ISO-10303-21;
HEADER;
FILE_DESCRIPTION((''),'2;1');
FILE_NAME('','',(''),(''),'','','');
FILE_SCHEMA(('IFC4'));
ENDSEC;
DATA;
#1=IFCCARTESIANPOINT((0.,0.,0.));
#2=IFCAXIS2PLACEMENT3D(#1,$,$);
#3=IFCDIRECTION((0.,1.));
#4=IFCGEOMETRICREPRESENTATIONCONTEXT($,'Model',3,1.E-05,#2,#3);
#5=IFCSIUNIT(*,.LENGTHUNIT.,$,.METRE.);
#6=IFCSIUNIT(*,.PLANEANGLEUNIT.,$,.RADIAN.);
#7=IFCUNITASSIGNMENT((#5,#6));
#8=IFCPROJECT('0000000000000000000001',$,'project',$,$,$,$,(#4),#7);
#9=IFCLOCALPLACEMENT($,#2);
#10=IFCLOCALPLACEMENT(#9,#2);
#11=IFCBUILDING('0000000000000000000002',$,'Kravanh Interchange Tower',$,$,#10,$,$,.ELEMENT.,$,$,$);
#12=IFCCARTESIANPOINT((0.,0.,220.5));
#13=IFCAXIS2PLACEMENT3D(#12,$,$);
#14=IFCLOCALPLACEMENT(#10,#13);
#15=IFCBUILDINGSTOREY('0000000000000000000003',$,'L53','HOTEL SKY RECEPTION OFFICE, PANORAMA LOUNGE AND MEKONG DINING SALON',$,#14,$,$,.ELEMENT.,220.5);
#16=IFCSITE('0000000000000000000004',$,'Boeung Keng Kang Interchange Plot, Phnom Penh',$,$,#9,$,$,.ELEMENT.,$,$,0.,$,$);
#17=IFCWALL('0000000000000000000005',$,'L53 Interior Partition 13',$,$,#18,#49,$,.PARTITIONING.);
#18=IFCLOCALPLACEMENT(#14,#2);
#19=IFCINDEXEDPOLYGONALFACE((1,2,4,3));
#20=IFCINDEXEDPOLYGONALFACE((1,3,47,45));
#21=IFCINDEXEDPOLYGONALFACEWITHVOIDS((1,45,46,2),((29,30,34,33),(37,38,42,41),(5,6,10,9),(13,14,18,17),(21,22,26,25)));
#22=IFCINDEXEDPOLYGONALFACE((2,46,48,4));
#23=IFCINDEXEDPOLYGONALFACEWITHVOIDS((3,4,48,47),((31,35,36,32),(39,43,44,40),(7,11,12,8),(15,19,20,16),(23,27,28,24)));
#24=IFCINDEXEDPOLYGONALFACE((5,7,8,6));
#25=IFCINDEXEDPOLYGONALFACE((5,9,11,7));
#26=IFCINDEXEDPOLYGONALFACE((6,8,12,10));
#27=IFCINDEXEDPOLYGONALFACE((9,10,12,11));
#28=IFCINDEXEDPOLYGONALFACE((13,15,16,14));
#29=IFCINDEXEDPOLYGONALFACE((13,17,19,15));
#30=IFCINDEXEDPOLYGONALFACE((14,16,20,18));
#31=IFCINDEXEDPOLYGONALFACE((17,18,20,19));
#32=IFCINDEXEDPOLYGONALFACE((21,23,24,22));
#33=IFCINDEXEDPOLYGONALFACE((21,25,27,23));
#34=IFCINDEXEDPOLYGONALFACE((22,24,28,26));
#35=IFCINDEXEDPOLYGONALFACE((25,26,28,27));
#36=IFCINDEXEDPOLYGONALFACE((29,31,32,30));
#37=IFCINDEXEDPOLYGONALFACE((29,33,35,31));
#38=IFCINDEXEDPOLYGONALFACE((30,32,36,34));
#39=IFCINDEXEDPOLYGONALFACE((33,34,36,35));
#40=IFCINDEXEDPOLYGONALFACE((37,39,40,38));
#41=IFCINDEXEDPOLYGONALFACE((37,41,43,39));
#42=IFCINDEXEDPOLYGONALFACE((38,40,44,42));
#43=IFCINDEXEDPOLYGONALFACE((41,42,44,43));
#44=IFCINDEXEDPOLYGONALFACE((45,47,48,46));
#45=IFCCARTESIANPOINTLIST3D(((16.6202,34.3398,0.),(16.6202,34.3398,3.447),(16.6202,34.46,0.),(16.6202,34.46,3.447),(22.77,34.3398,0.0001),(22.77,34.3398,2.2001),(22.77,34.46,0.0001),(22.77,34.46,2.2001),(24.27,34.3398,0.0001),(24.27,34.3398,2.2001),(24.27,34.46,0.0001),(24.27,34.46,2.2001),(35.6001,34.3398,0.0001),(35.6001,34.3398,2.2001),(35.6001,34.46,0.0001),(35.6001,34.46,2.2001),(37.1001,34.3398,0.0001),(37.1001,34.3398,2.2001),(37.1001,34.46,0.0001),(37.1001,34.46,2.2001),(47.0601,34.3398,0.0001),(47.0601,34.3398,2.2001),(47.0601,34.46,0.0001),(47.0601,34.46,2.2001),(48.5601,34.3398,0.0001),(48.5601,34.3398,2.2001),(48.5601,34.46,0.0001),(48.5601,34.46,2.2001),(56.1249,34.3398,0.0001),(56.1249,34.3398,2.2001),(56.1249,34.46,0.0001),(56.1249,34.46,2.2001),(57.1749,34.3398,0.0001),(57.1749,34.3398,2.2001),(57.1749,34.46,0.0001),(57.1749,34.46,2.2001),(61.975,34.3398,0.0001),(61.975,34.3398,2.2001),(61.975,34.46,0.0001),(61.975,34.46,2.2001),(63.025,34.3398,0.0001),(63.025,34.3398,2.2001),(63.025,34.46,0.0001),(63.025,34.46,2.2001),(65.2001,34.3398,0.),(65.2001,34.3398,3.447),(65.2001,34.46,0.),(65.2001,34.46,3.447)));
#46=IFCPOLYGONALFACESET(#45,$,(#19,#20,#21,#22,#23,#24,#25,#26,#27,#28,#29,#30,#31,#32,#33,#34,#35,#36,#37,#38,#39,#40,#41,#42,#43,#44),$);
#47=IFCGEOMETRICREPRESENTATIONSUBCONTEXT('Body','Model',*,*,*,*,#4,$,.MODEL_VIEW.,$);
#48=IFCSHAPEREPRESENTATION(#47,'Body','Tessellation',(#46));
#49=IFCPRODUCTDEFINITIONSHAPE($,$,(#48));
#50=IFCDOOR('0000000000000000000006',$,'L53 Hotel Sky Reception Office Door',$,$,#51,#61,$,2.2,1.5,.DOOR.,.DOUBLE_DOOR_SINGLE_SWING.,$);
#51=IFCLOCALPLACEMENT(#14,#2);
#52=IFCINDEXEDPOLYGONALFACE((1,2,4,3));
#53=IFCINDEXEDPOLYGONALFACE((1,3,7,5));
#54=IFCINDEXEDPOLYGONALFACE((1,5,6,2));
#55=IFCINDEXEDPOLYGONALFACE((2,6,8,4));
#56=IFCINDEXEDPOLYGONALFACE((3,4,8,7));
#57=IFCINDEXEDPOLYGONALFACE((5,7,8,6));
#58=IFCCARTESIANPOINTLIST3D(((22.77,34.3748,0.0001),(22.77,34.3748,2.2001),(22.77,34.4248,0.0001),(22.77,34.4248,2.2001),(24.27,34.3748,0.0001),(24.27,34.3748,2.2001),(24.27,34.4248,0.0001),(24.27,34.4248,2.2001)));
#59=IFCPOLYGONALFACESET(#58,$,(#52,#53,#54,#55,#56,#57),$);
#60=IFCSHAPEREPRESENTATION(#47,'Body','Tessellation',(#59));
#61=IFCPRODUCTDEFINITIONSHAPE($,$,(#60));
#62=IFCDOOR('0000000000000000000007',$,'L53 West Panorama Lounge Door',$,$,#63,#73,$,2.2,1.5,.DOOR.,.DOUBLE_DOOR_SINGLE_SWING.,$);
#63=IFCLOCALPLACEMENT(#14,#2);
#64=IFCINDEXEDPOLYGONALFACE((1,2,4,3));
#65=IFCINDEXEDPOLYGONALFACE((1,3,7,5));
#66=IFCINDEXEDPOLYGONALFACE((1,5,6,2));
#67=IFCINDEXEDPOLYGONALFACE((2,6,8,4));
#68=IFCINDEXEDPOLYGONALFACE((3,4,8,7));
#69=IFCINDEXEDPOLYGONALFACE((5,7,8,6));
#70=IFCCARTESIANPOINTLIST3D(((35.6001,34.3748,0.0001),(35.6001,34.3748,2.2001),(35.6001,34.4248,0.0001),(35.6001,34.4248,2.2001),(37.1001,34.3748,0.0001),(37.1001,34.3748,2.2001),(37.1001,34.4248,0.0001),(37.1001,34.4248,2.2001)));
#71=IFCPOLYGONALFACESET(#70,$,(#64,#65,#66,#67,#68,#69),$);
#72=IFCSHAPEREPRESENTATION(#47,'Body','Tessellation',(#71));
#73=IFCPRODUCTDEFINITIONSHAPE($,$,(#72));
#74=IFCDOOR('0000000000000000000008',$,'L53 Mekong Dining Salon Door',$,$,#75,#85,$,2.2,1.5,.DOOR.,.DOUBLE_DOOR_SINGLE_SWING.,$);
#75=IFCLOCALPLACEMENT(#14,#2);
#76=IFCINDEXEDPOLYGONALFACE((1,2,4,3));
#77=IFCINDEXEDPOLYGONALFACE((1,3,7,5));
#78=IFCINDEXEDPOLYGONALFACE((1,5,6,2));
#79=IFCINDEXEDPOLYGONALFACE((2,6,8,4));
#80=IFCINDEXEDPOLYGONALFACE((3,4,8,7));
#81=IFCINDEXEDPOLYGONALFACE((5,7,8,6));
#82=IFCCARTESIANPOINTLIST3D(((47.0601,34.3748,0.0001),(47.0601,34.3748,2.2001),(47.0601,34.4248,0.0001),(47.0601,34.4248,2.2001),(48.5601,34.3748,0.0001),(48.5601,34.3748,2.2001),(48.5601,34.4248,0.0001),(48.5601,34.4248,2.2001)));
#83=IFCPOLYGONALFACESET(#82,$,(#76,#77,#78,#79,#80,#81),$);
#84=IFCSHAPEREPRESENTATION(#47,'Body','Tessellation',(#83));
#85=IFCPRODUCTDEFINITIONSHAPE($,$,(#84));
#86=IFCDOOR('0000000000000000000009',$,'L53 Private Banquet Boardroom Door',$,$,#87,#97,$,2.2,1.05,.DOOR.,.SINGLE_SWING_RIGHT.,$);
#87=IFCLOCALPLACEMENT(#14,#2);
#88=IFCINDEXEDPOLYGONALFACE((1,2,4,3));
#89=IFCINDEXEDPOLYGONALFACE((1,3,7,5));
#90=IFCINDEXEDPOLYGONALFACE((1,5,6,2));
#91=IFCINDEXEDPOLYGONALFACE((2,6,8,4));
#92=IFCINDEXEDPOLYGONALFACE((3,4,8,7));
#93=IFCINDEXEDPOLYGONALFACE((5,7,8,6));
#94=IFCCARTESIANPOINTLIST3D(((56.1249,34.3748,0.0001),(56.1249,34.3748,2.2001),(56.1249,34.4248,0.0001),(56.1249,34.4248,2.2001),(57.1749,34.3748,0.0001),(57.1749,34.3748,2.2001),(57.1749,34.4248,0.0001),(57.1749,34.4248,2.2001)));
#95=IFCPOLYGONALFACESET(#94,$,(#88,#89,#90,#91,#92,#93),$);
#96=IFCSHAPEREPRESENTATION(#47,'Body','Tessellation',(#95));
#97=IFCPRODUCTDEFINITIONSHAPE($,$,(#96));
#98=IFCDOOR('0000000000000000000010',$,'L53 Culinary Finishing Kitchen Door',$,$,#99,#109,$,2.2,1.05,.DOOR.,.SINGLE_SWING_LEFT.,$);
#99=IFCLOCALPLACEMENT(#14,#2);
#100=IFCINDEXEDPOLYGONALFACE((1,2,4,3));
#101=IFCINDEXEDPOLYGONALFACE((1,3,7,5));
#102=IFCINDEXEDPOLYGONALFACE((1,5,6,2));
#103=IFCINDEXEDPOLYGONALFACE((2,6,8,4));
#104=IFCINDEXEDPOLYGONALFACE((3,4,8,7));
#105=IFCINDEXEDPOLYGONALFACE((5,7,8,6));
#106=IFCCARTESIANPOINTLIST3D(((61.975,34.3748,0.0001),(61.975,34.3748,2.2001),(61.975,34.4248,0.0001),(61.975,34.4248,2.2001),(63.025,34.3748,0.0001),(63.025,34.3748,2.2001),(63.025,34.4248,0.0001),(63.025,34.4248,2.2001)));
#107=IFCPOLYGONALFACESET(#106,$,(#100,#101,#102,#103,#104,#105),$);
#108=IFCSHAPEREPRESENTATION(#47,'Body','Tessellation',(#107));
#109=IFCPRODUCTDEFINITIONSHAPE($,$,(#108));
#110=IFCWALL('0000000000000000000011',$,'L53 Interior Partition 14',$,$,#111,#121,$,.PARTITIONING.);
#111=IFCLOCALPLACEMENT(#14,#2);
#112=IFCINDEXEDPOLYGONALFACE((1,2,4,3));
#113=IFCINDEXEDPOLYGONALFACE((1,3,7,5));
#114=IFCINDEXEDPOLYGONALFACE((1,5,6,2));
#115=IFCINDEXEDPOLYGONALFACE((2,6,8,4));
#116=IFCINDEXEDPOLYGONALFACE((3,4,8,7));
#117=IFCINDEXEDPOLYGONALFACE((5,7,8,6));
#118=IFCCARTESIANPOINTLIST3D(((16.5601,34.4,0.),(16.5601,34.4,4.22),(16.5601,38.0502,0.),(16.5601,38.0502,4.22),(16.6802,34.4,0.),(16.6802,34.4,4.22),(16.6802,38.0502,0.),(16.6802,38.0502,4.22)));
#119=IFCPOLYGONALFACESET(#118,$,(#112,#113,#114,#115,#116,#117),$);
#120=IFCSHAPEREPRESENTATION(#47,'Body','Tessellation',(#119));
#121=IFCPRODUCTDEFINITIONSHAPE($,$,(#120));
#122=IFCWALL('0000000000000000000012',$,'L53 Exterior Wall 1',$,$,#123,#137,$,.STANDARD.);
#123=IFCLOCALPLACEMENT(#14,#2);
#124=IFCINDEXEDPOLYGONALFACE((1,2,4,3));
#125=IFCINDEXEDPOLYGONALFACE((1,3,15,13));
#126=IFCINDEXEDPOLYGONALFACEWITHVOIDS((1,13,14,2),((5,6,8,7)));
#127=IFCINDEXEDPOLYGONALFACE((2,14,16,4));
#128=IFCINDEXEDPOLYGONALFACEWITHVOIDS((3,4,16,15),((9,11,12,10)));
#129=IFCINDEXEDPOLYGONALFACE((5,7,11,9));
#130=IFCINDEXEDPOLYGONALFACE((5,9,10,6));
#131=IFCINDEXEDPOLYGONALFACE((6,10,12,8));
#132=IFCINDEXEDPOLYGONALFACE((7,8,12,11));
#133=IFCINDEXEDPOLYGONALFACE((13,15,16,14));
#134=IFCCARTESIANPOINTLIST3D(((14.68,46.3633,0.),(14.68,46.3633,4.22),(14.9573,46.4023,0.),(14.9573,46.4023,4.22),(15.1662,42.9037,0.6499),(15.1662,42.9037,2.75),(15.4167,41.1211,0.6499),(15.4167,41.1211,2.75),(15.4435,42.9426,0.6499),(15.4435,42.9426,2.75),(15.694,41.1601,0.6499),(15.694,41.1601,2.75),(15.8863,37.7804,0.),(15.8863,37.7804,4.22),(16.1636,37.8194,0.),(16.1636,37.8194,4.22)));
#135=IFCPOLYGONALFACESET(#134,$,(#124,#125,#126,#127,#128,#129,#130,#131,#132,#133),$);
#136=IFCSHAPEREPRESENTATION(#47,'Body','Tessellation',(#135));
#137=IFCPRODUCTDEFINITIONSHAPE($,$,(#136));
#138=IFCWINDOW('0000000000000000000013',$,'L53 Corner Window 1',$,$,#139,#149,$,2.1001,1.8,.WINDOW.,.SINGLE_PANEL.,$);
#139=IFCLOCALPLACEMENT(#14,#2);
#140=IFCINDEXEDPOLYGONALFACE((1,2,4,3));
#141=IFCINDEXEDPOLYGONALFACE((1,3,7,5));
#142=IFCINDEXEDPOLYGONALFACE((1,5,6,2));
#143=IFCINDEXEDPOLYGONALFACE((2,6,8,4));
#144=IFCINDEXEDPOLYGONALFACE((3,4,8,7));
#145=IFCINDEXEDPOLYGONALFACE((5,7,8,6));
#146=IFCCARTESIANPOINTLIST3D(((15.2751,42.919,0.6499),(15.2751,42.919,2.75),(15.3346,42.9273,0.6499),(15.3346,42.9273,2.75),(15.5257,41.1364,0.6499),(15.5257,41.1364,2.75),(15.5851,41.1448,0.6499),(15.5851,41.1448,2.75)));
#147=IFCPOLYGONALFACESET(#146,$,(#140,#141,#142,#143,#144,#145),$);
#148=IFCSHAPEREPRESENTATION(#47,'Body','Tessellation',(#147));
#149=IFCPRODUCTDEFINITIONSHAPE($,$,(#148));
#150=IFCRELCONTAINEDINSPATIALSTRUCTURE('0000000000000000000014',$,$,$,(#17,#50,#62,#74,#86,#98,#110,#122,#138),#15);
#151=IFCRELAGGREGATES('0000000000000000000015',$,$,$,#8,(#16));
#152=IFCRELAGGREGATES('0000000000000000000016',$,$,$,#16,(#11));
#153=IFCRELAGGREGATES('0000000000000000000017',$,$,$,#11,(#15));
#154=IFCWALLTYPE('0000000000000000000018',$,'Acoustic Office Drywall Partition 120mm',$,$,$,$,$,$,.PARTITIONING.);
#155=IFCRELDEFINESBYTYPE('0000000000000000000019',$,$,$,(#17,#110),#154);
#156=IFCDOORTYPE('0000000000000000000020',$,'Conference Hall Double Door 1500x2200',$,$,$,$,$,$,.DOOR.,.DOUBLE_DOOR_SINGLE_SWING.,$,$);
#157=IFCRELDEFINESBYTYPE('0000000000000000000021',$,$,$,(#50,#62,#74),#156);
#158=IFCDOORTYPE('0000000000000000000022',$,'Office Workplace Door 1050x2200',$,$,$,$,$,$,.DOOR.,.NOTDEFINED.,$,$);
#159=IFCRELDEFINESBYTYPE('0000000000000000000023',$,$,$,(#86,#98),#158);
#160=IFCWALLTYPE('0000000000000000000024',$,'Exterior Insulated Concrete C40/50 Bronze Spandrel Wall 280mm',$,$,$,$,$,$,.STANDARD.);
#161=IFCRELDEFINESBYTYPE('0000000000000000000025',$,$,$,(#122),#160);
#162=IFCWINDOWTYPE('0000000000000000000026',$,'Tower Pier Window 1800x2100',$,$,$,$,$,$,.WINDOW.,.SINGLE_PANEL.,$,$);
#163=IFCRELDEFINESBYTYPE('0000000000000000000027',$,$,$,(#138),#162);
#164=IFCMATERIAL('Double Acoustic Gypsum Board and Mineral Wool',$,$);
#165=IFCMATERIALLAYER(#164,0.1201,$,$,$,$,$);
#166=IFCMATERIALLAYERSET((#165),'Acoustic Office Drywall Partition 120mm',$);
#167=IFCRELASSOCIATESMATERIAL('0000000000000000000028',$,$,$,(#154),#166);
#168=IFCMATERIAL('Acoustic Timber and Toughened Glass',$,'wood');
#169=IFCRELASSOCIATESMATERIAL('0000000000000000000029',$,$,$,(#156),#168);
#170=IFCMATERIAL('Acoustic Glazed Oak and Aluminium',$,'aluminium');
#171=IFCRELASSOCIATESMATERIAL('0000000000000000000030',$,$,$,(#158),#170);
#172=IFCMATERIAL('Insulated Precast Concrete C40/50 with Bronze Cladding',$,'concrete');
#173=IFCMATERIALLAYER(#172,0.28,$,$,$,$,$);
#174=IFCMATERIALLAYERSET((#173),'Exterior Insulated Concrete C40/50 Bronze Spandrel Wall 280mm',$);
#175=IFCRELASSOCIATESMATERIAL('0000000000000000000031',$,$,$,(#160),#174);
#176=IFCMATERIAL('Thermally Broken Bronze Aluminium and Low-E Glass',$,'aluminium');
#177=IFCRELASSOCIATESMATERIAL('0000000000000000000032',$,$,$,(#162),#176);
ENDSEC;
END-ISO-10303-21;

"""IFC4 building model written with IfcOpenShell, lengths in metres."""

from ifc_helpers import new_model, si_unit, direction, frame, frame_2d, origin, place, context, subcontext, project, spatial, rectangle, extrude, material, layer, layer_set, type_object, element, fill, save


model = new_model("IFC4")

# Units and contexts
model_context = context("Model", 3, precision=1e-05, world=origin(), true_north=direction((0.0, 1.0)))
body_context = subcontext(model_context, "Body", "Model", "MODEL_VIEW")
ifc_project = project(units=[si_unit("LENGTHUNIT", "METRE"), si_unit("PLANEANGLEUNIT", "RADIAN")], contexts=[model_context])

# Site, building, storey
site_placement = place(None, origin())
site = spatial("IfcSite", under=ifc_project, at=site_placement, Name="Boeung Keng Kang Interchange Plot, Phnom Penh", CompositionType="ELEMENT", RefElevation=0.0)
building_placement = place(site_placement, origin())
building = spatial("IfcBuilding", under=site, at=building_placement, Name="Kravanh Interchange Tower", CompositionType="ELEMENT")
storey_placement = place(building_placement, frame((0.0, 0.0, 220.5)))
storey = spatial("IfcBuildingStorey", under=building, at=storey_placement, Name="L53", Description="HOTEL SKY RECEPTION OFFICE, PANORAMA LOUNGE AND MEKONG DINING SALON", CompositionType="ELEMENT", Elevation=220.5)

# Wall, openings, doors
ifc_material_1 = material(Name="Double Acoustic Gypsum Board and Mineral Wool")
ifc_layer_1 = layer(ifc_material_1, 0.1201)
ifc_layer_set_1 = layer_set([ifc_layer_1], Name="Acoustic Office Drywall Partition 120mm")
wall_type_1 = type_object("IfcWallType", Name="Acoustic Office Drywall Partition 120mm", PredefinedType="PARTITIONING", material=ifc_layer_set_1)
wall_1_placement = place(storey_placement, frame((16.6201, 34.3999, 0.0), z_axis=(0.0, 0.0, 1.0), x_axis=(1.0, 0.0, 0.0)))
wall_1 = element("IfcWall", 1, at=wall_1_placement, inside=storey, type_object=wall_type_1, Name="L53 Interior Partition 13", PredefinedType="PARTITIONING", context=body_context, shape_type="SweptSolid", body=[
    extrude(rectangle(XDim=48.5798, YDim=0.1201, at=frame_2d((24.29, 0.0))), origin(), (0.0, 0.0, 1.0), 3.447),
])
opening_1_placement = place(wall_1_placement, frame((6.1499, 0.0, 0.0)))
opening_1 = element("IfcOpeningElement", 2, at=opening_1_placement, cuts=wall_1, PredefinedType="OPENING", context=body_context, shape_type="SweptSolid", body=[
    extrude(rectangle(XDim=1.5, YDim=2.2, at=frame_2d((0.75, 1.1001))), frame((0.0, 0.0701, 0.0), z_axis=(0.0, -1.0, 0.0), x_axis=(1.0, 0.0, 0.0)), (0.0, 0.0, 1.0), 0.1401),
])
opening_2_placement = place(wall_1_placement, frame((18.98, 0.0, 0.0)))
opening_2 = element("IfcOpeningElement", 3, at=opening_2_placement, cuts=wall_1, PredefinedType="OPENING", context=body_context, shape_type="SweptSolid", body=[
    extrude(rectangle(XDim=1.5, YDim=2.2, at=frame_2d((0.75, 1.1001))), frame((0.0, 0.0701, 0.0), z_axis=(0.0, -1.0, 0.0), x_axis=(1.0, 0.0, 0.0)), (0.0, 0.0, 1.0), 0.1401),
])
opening_3_placement = place(wall_1_placement, frame((30.4399, 0.0, 0.0)))
opening_3 = element("IfcOpeningElement", 4, at=opening_3_placement, cuts=wall_1, PredefinedType="OPENING", context=body_context, shape_type="SweptSolid", body=[
    extrude(rectangle(XDim=1.5, YDim=2.2, at=frame_2d((0.75, 1.1001))), frame((0.0, 0.0701, 0.0), z_axis=(0.0, -1.0, 0.0), x_axis=(1.0, 0.0, 0.0)), (0.0, 0.0, 1.0), 0.1401),
])
opening_4_placement = place(wall_1_placement, frame((39.5049, 0.0, 0.0)))
opening_4 = element("IfcOpeningElement", 5, at=opening_4_placement, cuts=wall_1, PredefinedType="OPENING", context=body_context, shape_type="SweptSolid", body=[
    extrude(rectangle(XDim=1.05, YDim=2.2, at=frame_2d((0.5249, 1.1001))), frame((0.0, 0.0701, 0.0), z_axis=(0.0, -1.0, 0.0), x_axis=(1.0, 0.0, 0.0)), (0.0, 0.0, 1.0), 0.1401),
])
opening_5_placement = place(wall_1_placement, frame((45.355, 0.0, 0.0)))
opening_5 = element("IfcOpeningElement", 6, at=opening_5_placement, cuts=wall_1, PredefinedType="OPENING", context=body_context, shape_type="SweptSolid", body=[
    extrude(rectangle(XDim=1.05, YDim=2.2, at=frame_2d((0.5249, 1.1001))), frame((0.0, 0.0701, 0.0), z_axis=(0.0, -1.0, 0.0), x_axis=(1.0, 0.0, 0.0)), (0.0, 0.0, 1.0), 0.1401),
])
ifc_material_2 = material(Name="Acoustic Timber and Toughened Glass", Category="wood")
door_type_1 = type_object("IfcDoorType", Name="Conference Hall Double Door 1500x2200", OperationType="DOUBLE_DOOR_SINGLE_SWING", PredefinedType="DOOR", material=ifc_material_2)
door_1_placement = place(opening_1_placement, origin())
door_1 = element("IfcDoor", 7, at=door_1_placement, inside=storey, type_object=door_type_1, Name="L53 Hotel Sky Reception Office Door", OperationType="DOUBLE_DOOR_SINGLE_SWING", OverallHeight=2.2, OverallWidth=1.5, PredefinedType="DOOR", context=body_context, shape_type="SweptSolid", body=[
    extrude(rectangle(XDim=1.5, YDim=2.2, at=frame_2d((0.75, 1.1001))), frame((0.0, 0.0249, 0.0), z_axis=(0.0, -1.0, 0.0), x_axis=(1.0, 0.0, 0.0)), (0.0, 0.0, 1.0), 0.05),
])
fill(opening_1, door_1)
door_2_placement = place(opening_2_placement, origin())
door_2 = element("IfcDoor", 8, at=door_2_placement, inside=storey, type_object=door_type_1, Name="L53 West Panorama Lounge Door", OperationType="DOUBLE_DOOR_SINGLE_SWING", OverallHeight=2.2, OverallWidth=1.5, PredefinedType="DOOR", context=body_context, shape_type="SweptSolid", body=[
    extrude(rectangle(XDim=1.5, YDim=2.2, at=frame_2d((0.75, 1.1001))), frame((0.0, 0.0249, 0.0), z_axis=(0.0, -1.0, 0.0), x_axis=(1.0, 0.0, 0.0)), (0.0, 0.0, 1.0), 0.05),
])
fill(opening_2, door_2)
door_3_placement = place(opening_3_placement, origin())
door_3 = element("IfcDoor", 9, at=door_3_placement, inside=storey, type_object=door_type_1, Name="L53 Mekong Dining Salon Door", OperationType="DOUBLE_DOOR_SINGLE_SWING", OverallHeight=2.2, OverallWidth=1.5, PredefinedType="DOOR", context=body_context, shape_type="SweptSolid", body=[
    extrude(rectangle(XDim=1.5, YDim=2.2, at=frame_2d((0.75, 1.1001))), frame((0.0, 0.0249, 0.0), z_axis=(0.0, -1.0, 0.0), x_axis=(1.0, 0.0, 0.0)), (0.0, 0.0, 1.0), 0.05),
])
fill(opening_3, door_3)
ifc_material_3 = material(Name="Acoustic Glazed Oak and Aluminium", Category="aluminium")
door_type_2 = type_object("IfcDoorType", Name="Office Workplace Door 1050x2200", OperationType="NOTDEFINED", PredefinedType="DOOR", material=ifc_material_3)
door_4_placement = place(opening_4_placement, origin())
door_4 = element("IfcDoor", 10, at=door_4_placement, inside=storey, type_object=door_type_2, Name="L53 Private Banquet Boardroom Door", OperationType="SINGLE_SWING_RIGHT", OverallHeight=2.2, OverallWidth=1.05, PredefinedType="DOOR", context=body_context, shape_type="SweptSolid", body=[
    extrude(rectangle(XDim=1.05, YDim=2.2, at=frame_2d((0.5249, 1.1001))), frame((0.0, 0.0249, 0.0), z_axis=(0.0, -1.0, 0.0), x_axis=(1.0, 0.0, 0.0)), (0.0, 0.0, 1.0), 0.05),
])
fill(opening_4, door_4)
door_5_placement = place(opening_5_placement, origin())
door_5 = element("IfcDoor", 11, at=door_5_placement, inside=storey, type_object=door_type_2, Name="L53 Culinary Finishing Kitchen Door", OperationType="SINGLE_SWING_LEFT", OverallHeight=2.2, OverallWidth=1.05, PredefinedType="DOOR", context=body_context, shape_type="SweptSolid", body=[
    extrude(rectangle(XDim=1.05, YDim=2.2, at=frame_2d((0.5249, 1.1001))), frame((0.0, 0.0249, 0.0), z_axis=(0.0, -1.0, 0.0), x_axis=(1.0, 0.0, 0.0)), (0.0, 0.0, 1.0), 0.05),
])
fill(opening_5, door_5)

# Wall
wall_2_placement = place(storey_placement, frame((16.6201, 34.3999, 0.0), z_axis=(0.0, 0.0, 1.0), x_axis=(0.0, 1.0, 0.0)))
element("IfcWall", 12, at=wall_2_placement, inside=storey, type_object=wall_type_1, Name="L53 Interior Partition 14", PredefinedType="PARTITIONING", context=body_context, shape_type="SweptSolid", body=[
    extrude(rectangle(XDim=3.6501, YDim=0.1201, at=frame_2d((1.8252, 0.0))), origin(), (0.0, 0.0, 1.0), 4.22),
])

# Wall, opening, window
ifc_material_4 = material(Name="Insulated Precast Concrete C40/50 with Bronze Cladding", Category="concrete")
ifc_layer_2 = layer(ifc_material_4, 0.28)
ifc_layer_set_2 = layer_set([ifc_layer_2], Name="Exterior Insulated Concrete C40/50 Bronze Spandrel Wall 280mm")
wall_type_2 = type_object("IfcWallType", Name="Exterior Insulated Concrete C40/50 Bronze Spandrel Wall 280mm", PredefinedType="STANDARD", material=ifc_layer_set_2)
wall_3_placement = place(storey_placement, frame((16.0249, 37.8, 0.0), z_axis=(0.0, 0.0, 1.0), x_axis=(-0.139181, 0.990267, 0.0)))
wall_3 = element("IfcWall", 13, at=wall_3_placement, inside=storey, type_object=wall_type_2, Name="L53 Exterior Wall 1", PredefinedType="STANDARD", context=body_context, shape_type="SweptSolid", body=[
    extrude(rectangle(XDim=8.6672, YDim=0.28, at=frame_2d((4.3335, 0.0))), origin(), (0.0, 0.0, 1.0), 4.22),
])
opening_6_placement = place(wall_3_placement, frame((3.3735, 0.0, 0.6499)))
opening_6 = element("IfcOpeningElement", 14, at=opening_6_placement, cuts=wall_3, PredefinedType="OPENING", context=body_context, shape_type="SweptSolid", body=[
    extrude(rectangle(XDim=1.8, YDim=2.1001, at=frame_2d((0.8999, 1.05))), frame((0.0, 0.1499, 0.0), z_axis=(0.0, -1.0, 0.0), x_axis=(1.0, 0.0, 0.0)), (0.0, 0.0, 1.0), 0.3),
])
ifc_material_5 = material(Name="Thermally Broken Bronze Aluminium and Low-E Glass", Category="aluminium")
window_type = type_object("IfcWindowType", Name="Tower Pier Window 1800x2100", PartitioningType="SINGLE_PANEL", PredefinedType="WINDOW", material=ifc_material_5)
window_placement = place(opening_6_placement, origin())
window = element("IfcWindow", 15, at=window_placement, inside=storey, type_object=window_type, Name="L53 Corner Window 1", OverallHeight=2.1001, OverallWidth=1.8, PartitioningType="SINGLE_PANEL", PredefinedType="WINDOW", context=body_context, shape_type="SweptSolid", body=[
    extrude(rectangle(XDim=1.8, YDim=2.1001, at=frame_2d((0.8999, 1.05))), frame((0.0, 0.03, 0.0), z_axis=(0.0, -1.0, 0.0), x_axis=(1.0, 0.0, 0.0)), (0.0, 0.0, 1.0), 0.0601),
])
fill(opening_6, window)

save(model, "model.ifc")
